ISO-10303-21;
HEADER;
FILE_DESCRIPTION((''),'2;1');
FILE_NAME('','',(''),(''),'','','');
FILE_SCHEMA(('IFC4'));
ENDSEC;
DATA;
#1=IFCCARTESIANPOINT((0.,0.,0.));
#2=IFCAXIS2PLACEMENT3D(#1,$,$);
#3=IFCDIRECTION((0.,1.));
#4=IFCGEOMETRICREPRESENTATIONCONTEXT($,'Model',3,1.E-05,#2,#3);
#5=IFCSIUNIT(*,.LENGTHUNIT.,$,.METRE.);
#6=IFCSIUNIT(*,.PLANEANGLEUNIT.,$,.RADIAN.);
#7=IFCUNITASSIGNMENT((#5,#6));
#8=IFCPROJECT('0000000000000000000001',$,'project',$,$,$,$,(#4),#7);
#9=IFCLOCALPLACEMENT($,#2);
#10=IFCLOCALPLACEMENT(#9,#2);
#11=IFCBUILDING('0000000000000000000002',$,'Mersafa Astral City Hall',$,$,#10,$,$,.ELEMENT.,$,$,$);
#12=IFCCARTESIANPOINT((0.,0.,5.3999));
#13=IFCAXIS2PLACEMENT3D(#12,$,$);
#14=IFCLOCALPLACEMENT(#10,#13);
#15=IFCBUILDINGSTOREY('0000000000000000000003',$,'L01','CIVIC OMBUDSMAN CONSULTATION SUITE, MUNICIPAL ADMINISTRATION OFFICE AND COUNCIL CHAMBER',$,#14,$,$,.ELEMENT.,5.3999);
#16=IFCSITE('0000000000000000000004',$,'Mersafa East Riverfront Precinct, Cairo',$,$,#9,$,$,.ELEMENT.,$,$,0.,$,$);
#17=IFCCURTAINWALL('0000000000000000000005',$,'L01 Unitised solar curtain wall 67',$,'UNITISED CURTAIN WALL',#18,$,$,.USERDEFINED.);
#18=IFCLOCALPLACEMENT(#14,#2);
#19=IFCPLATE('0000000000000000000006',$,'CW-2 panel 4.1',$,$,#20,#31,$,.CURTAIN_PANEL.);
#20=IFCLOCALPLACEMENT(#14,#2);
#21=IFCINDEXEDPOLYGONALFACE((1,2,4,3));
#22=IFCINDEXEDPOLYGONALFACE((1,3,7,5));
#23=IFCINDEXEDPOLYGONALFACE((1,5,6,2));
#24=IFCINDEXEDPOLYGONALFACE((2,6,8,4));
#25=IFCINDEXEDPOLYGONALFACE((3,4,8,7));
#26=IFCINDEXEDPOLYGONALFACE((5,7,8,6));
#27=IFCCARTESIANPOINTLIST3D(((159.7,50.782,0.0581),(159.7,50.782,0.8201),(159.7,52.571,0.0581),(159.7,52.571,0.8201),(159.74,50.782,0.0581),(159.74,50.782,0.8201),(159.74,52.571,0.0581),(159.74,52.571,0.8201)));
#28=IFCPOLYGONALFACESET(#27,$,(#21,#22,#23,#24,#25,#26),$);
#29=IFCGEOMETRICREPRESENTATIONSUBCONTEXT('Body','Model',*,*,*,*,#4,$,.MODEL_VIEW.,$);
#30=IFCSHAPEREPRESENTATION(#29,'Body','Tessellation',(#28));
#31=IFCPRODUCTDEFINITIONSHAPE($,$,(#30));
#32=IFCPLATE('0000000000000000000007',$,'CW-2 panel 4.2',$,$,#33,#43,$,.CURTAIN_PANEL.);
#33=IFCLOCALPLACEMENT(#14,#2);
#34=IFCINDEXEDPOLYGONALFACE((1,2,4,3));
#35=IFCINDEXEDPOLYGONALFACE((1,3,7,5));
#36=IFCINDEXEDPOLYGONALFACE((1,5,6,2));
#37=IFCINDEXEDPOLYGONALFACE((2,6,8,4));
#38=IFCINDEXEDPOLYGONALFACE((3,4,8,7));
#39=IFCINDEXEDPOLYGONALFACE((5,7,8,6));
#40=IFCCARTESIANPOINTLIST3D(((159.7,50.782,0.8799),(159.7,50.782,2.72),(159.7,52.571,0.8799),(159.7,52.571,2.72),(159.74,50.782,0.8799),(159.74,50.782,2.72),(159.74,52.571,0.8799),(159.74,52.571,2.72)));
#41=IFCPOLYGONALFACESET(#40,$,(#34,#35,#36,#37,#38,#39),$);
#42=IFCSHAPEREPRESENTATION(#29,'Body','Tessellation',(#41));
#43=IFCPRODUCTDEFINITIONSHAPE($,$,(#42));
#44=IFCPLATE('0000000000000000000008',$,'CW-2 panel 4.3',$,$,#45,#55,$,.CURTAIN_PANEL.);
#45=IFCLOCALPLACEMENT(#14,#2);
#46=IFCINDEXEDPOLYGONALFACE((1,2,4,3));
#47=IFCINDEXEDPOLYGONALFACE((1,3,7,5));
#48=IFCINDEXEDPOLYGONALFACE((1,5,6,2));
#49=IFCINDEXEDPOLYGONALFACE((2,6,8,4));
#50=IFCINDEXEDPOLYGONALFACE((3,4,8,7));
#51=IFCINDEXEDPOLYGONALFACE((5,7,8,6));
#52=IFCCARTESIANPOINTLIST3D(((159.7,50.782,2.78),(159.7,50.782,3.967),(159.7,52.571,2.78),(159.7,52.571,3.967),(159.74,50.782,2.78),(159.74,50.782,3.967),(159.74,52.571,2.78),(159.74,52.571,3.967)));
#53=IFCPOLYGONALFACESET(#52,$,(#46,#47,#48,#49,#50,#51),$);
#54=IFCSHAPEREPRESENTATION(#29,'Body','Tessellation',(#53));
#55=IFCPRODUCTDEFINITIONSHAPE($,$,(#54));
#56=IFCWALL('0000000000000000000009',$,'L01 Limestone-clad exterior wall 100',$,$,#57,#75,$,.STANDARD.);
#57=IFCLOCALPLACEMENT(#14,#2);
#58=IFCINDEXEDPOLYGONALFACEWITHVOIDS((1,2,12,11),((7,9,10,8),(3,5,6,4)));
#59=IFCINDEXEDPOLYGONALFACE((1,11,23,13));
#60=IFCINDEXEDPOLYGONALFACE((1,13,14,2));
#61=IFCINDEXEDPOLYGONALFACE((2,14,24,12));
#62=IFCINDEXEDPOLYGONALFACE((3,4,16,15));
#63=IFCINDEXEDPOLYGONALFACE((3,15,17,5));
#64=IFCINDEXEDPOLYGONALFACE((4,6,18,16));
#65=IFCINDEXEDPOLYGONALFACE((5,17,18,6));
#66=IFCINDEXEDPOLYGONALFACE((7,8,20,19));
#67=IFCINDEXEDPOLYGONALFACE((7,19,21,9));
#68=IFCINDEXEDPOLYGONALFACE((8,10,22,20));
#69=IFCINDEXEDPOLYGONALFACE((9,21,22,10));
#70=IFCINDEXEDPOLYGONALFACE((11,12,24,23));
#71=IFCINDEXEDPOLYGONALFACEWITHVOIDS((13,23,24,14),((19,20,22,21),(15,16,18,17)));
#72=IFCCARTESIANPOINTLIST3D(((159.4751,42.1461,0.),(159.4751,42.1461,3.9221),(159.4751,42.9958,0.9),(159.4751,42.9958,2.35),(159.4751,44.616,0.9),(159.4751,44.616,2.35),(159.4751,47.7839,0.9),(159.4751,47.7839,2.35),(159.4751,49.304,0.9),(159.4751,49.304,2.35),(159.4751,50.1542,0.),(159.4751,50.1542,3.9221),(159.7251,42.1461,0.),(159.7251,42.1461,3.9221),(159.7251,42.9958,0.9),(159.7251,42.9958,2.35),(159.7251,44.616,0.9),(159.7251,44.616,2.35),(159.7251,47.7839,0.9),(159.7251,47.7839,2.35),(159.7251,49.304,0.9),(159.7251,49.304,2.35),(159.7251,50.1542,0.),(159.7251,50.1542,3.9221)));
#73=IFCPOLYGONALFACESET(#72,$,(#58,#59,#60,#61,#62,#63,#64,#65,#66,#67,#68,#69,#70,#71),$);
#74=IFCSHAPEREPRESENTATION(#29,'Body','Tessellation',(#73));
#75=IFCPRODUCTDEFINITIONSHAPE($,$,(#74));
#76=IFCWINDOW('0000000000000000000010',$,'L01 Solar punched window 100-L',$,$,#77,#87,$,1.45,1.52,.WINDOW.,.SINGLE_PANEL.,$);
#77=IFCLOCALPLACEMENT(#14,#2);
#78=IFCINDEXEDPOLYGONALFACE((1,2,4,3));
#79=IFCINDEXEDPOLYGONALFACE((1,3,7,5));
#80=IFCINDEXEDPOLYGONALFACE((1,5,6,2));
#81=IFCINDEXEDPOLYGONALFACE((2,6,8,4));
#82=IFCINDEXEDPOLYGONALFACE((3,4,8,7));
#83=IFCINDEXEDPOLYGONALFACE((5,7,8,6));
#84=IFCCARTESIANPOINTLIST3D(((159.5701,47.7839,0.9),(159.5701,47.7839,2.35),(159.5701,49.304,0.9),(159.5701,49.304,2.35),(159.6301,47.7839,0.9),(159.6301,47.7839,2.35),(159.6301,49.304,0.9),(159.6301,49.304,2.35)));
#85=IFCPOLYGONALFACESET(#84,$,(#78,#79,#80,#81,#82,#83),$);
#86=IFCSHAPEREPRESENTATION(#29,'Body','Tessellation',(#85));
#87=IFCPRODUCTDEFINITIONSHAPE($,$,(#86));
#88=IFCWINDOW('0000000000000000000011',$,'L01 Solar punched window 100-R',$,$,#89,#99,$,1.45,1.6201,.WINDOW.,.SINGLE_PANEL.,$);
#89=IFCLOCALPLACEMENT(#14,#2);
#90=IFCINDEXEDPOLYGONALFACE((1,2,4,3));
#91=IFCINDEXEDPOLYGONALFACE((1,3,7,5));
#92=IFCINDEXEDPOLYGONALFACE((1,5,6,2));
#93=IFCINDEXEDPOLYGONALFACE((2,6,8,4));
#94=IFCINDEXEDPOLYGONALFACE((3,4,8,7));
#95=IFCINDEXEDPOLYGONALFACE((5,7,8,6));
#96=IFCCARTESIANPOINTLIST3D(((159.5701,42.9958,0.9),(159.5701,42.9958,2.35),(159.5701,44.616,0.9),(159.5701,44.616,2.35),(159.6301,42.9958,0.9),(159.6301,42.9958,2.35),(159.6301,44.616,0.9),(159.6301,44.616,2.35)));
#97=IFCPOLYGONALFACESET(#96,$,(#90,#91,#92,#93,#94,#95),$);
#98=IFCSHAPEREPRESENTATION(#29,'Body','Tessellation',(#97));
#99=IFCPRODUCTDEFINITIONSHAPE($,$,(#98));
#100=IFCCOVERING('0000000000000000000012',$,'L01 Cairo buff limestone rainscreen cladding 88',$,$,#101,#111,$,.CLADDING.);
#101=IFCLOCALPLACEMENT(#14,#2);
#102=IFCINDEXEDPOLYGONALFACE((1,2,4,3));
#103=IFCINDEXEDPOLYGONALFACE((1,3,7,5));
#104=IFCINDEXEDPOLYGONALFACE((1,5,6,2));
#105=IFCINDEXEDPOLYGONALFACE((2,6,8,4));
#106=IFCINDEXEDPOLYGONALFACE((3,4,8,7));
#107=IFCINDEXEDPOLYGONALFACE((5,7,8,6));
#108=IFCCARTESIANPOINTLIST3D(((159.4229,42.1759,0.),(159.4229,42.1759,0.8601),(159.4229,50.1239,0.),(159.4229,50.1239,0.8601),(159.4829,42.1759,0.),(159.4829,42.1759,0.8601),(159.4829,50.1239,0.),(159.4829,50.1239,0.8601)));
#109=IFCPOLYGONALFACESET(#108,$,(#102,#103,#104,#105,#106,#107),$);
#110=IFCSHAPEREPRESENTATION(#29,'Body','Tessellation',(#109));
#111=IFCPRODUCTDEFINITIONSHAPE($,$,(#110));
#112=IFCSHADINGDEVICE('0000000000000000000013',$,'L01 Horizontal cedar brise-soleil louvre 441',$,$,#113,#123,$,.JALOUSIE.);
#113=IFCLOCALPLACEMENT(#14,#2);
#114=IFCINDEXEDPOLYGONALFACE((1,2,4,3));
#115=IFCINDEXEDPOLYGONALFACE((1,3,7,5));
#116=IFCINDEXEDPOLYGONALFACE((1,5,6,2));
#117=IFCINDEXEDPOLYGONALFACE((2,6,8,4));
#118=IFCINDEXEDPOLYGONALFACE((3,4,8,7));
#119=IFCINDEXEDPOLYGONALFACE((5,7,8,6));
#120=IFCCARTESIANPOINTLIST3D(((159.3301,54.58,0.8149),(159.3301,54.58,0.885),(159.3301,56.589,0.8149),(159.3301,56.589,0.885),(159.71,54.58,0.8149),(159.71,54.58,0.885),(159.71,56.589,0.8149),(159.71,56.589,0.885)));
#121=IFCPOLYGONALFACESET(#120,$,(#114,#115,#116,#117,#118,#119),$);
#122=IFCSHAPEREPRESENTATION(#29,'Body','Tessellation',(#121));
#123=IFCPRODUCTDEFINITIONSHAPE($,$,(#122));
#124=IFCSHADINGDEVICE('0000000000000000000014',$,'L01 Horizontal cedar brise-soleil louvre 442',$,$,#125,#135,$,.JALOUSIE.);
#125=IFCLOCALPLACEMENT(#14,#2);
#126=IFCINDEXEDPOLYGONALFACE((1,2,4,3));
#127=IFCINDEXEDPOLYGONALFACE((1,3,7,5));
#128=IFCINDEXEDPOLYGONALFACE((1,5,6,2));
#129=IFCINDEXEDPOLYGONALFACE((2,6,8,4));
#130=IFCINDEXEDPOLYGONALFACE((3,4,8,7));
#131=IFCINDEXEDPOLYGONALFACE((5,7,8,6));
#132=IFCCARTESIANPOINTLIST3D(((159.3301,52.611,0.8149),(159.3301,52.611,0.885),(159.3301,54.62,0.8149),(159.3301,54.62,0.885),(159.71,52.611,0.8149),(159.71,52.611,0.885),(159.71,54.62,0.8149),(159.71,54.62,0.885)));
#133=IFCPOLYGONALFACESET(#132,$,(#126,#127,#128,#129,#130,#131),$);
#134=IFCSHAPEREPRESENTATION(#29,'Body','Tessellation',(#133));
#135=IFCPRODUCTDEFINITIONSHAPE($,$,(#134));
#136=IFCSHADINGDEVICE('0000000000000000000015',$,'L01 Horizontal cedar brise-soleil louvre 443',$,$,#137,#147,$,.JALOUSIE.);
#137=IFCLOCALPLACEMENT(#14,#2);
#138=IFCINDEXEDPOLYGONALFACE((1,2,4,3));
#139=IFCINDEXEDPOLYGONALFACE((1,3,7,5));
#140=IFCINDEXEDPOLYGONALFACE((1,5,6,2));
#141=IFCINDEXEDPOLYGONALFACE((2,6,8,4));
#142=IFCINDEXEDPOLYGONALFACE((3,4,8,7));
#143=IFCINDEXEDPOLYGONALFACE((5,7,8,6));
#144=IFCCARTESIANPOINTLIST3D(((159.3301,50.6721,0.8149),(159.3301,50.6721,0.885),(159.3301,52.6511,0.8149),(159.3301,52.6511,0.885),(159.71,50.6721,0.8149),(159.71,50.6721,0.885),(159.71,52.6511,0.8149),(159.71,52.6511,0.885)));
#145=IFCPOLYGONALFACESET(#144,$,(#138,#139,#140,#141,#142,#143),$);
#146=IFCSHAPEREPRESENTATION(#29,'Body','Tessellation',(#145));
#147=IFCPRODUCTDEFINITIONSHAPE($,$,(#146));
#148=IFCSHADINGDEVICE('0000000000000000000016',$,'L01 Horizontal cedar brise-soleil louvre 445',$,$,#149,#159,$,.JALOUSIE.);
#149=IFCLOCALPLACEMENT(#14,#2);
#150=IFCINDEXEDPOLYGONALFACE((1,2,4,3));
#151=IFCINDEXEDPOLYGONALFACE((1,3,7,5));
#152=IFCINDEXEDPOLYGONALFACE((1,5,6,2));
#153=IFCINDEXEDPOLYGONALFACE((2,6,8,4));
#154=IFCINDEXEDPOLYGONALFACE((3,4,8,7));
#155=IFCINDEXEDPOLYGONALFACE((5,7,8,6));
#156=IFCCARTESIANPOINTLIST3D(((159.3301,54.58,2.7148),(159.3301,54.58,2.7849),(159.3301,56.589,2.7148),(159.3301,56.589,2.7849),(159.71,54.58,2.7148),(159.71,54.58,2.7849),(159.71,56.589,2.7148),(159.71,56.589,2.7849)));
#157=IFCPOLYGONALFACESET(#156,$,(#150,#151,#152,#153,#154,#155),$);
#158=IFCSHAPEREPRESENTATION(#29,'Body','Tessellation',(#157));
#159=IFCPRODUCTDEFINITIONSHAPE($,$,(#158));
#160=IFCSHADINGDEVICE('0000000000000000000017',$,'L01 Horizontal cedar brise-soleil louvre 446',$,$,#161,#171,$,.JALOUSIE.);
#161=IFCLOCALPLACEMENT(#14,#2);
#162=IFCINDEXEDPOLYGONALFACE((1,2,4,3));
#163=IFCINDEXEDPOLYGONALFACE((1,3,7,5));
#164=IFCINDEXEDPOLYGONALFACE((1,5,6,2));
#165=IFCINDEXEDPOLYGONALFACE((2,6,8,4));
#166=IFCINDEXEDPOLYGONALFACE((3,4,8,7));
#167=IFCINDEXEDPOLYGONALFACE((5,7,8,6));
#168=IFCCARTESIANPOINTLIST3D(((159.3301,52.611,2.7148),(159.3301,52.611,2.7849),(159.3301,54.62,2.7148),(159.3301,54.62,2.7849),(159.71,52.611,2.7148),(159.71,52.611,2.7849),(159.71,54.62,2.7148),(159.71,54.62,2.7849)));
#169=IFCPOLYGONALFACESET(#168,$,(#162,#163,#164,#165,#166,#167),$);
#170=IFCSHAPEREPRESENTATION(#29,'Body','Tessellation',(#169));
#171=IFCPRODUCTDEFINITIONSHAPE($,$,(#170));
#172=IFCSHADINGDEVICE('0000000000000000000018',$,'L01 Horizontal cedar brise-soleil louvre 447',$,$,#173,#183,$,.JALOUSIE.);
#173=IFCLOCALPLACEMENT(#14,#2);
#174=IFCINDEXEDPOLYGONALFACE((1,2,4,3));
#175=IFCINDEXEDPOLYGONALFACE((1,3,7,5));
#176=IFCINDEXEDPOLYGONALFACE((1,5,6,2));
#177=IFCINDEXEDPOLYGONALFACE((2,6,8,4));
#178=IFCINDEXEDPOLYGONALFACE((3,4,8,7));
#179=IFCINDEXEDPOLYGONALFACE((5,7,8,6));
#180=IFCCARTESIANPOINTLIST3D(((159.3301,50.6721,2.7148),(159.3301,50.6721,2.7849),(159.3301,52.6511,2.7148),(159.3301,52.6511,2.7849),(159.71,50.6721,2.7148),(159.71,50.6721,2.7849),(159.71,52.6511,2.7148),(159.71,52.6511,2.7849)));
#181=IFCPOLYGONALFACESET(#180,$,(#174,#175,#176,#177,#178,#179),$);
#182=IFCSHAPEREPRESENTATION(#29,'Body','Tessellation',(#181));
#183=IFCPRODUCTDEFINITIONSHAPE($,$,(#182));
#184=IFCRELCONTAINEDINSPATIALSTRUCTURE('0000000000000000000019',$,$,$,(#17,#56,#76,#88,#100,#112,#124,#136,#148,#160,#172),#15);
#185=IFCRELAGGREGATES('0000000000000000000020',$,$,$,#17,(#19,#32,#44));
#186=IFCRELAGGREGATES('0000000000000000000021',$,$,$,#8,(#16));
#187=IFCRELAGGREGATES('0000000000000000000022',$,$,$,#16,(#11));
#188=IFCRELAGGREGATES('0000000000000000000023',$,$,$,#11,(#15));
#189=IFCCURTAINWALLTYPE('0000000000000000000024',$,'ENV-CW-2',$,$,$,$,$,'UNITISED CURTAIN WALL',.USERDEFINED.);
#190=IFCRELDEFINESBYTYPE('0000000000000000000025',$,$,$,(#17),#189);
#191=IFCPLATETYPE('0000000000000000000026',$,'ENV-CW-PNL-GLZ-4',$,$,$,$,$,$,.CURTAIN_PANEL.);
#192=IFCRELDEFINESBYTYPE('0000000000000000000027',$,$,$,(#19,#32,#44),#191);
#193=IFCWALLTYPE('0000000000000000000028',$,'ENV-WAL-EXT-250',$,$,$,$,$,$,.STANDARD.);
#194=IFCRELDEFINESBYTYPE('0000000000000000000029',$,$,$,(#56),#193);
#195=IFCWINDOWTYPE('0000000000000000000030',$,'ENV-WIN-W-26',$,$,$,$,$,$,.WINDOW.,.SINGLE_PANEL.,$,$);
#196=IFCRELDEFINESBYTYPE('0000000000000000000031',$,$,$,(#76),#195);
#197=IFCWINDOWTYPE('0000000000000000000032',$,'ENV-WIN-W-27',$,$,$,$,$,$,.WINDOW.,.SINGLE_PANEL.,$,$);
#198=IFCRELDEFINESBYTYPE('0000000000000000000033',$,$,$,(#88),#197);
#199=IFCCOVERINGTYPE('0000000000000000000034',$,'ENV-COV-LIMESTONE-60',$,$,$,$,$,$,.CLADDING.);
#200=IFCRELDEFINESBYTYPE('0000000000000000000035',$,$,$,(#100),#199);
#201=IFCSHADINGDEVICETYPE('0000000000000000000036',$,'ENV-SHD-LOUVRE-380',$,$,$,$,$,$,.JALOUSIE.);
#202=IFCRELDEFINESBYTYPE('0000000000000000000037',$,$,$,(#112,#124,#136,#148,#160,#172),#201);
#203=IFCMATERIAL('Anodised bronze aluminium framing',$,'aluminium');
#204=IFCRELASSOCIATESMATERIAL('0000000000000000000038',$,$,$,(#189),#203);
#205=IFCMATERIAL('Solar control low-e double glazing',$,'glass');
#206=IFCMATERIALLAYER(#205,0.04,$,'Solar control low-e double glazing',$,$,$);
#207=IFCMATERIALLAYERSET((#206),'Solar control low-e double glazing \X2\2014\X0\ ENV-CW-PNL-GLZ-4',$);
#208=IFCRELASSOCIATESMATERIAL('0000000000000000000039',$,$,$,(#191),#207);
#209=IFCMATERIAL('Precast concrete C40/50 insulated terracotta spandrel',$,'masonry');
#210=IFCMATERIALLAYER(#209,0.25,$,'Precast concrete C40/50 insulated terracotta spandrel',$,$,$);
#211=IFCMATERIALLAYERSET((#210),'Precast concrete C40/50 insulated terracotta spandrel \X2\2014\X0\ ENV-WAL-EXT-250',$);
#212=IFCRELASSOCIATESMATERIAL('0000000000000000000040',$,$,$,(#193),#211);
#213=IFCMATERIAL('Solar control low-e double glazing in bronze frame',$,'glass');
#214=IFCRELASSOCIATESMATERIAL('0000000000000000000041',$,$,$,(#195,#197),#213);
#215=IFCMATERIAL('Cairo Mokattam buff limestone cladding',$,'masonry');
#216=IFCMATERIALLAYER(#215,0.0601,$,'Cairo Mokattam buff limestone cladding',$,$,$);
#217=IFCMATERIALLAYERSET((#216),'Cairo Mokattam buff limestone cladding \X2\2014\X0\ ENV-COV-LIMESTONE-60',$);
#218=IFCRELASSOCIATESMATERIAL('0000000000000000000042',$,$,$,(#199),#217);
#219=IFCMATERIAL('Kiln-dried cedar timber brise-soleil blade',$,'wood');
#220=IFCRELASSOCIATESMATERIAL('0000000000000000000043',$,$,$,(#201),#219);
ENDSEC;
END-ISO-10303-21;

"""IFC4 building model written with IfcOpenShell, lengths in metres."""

from ifc_helpers import new_model, si_unit, direction, frame, frame_2d, origin, origin_2d, place, context, subcontext, project, spatial, rectangle, extrude, material, layer, layer_set, type_object, element, fill, aggregate, save


model = new_model("IFC4")

# Units and contexts
model_context = context("Model", 3, precision=1e-05, world=origin(), true_north=direction((0.0, 1.0)))
body_context = subcontext(model_context, "Body", "Model", "MODEL_VIEW")
ifc_project = project(units=[si_unit("LENGTHUNIT", "METRE"), si_unit("PLANEANGLEUNIT", "RADIAN")], contexts=[model_context])

# Site, building, storey
site_placement = place(None, origin())
site = spatial("IfcSite", under=ifc_project, at=site_placement, Name="Mersafa East Riverfront Precinct, Cairo", CompositionType="ELEMENT", RefElevation=0.0)
building_placement = place(site_placement, origin())
building = spatial("IfcBuilding", under=site, at=building_placement, Name="Mersafa Astral City Hall", CompositionType="ELEMENT")
storey_placement = place(building_placement, frame((0.0, 0.0, 5.3999)))
storey = spatial("IfcBuildingStorey", under=building, at=storey_placement, Name="L01", Description="CIVIC OMBUDSMAN CONSULTATION SUITE, MUNICIPAL ADMINISTRATION OFFICE AND COUNCIL CHAMBER", CompositionType="ELEMENT", Elevation=5.3999)

# Curtain wall
ifc_material_1 = material(Name="Anodised bronze aluminium framing", Category="aluminium")
curtain_wall_type = type_object("IfcCurtainWallType", Name="ENV-CW-2", ElementType="UNITISED CURTAIN WALL", PredefinedType="USERDEFINED", material=ifc_material_1)
curtain_wall_placement = place(storey_placement, origin())
curtain_wall = element("IfcCurtainWall", 1, at=curtain_wall_placement, inside=storey, type_object=curtain_wall_type, Name="L01 Unitised solar curtain wall 67", ObjectType="UNITISED CURTAIN WALL", PredefinedType="USERDEFINED")

# Plates
ifc_material_2 = material(Name="Solar control low-e double glazing", Category="glass")
ifc_layer_1 = layer(ifc_material_2, 0.04, Name="Solar control low-e double glazing")
ifc_layer_set_1 = layer_set([ifc_layer_1], Name="Solar control low-e double glazing — ENV-CW-PNL-GLZ-4")
plate_type = type_object("IfcPlateType", Name="ENV-CW-PNL-GLZ-4", PredefinedType="CURTAIN_PANEL", material=ifc_layer_set_1)
plate_1_placement = place(storey_placement, frame((159.72, 51.6765, 0.0581), z_axis=(0.0, 0.0, 1.0), x_axis=(0.0, -1.0, 0.0)))
plate_1 = element("IfcPlate", 2, at=plate_1_placement, type_object=plate_type, Name="CW-2 panel 4.1", PredefinedType="CURTAIN_PANEL", context=body_context, shape_type="SweptSolid", body=[
    extrude(rectangle(XDim=1.7891, YDim=0.04, at=origin_2d()), origin(), (0.0, 0.0, 1.0), 0.762),
])
plate_2_placement = place(storey_placement, frame((159.72, 51.6765, 0.8799), z_axis=(0.0, 0.0, 1.0), x_axis=(0.0, -1.0, 0.0)))
plate_2 = element("IfcPlate", 3, at=plate_2_placement, type_object=plate_type, Name="CW-2 panel 4.2", PredefinedType="CURTAIN_PANEL", context=body_context, shape_type="SweptSolid", body=[
    extrude(rectangle(XDim=1.7891, YDim=0.04, at=origin_2d()), origin(), (0.0, 0.0, 1.0), 1.8401),
])
plate_3_placement = place(storey_placement, frame((159.72, 51.6765, 2.78), z_axis=(0.0, 0.0, 1.0), x_axis=(0.0, -1.0, 0.0)))
plate_3 = element("IfcPlate", 4, at=plate_3_placement, type_object=plate_type, Name="CW-2 panel 4.3", PredefinedType="CURTAIN_PANEL", context=body_context, shape_type="SweptSolid", body=[
    extrude(rectangle(XDim=1.7891, YDim=0.04, at=origin_2d()), origin(), (0.0, 0.0, 1.0), 1.187),
])
aggregate(curtain_wall, [plate_1, plate_2, plate_3])

# Wall, openings, windows
ifc_material_3 = material(Name="Precast concrete C40/50 insulated terracotta spandrel", Category="masonry")
ifc_layer_2 = layer(ifc_material_3, 0.25, Name="Precast concrete C40/50 insulated terracotta spandrel")
ifc_layer_set_2 = layer_set([ifc_layer_2], Name="Precast concrete C40/50 insulated terracotta spandrel — ENV-WAL-EXT-250")
wall_type = type_object("IfcWallType", Name="ENV-WAL-EXT-250", PredefinedType="STANDARD", material=ifc_layer_set_2)
wall_placement = place(storey_placement, frame((159.6001, 50.1541, 0.0), z_axis=(0.0, 0.0, 1.0), x_axis=(0.0, -1.0, 0.0)))
wall = element("IfcWall", 5, at=wall_placement, inside=storey, type_object=wall_type, Name="L01 Limestone-clad exterior wall 100", PredefinedType="STANDARD", context=body_context, shape_type="SweptSolid", body=[
    extrude(rectangle(XDim=8.0081, YDim=0.25, at=frame_2d((4.0039, 0.0))), origin(), (0.0, 0.0, 1.0), 3.9221),
])
opening_1_placement = place(wall_placement, frame((0.8501, 0.0, 0.8999)))
opening_1 = element("IfcOpeningElement", 6, at=opening_1_placement, cuts=wall, PredefinedType="OPENING", context=body_context, shape_type="SweptSolid", body=[
    extrude(rectangle(XDim=1.52, YDim=1.45, at=frame_2d((0.76, 0.7251))), frame((0.0, 0.135, 0.0), z_axis=(0.0, -1.0, 0.0), x_axis=(1.0, 0.0, 0.0)), (0.0, 0.0, 1.0), 0.27),
])
opening_2_placement = place(wall_placement, frame((5.5381, 0.0, 0.8999)))
opening_2 = element("IfcOpeningElement", 7, at=opening_2_placement, cuts=wall, PredefinedType="OPENING", context=body_context, shape_type="SweptSolid", body=[
    extrude(rectangle(XDim=1.6201, YDim=1.45, at=frame_2d((0.8101, 0.7251))), frame((0.0, 0.135, 0.0), z_axis=(0.0, -1.0, 0.0), x_axis=(1.0, 0.0, 0.0)), (0.0, 0.0, 1.0), 0.27),
])
ifc_material_4 = material(Name="Solar control low-e double glazing in bronze frame", Category="glass")
window_type_1 = type_object("IfcWindowType", Name="ENV-WIN-W-26", PartitioningType="SINGLE_PANEL", PredefinedType="WINDOW", material=ifc_material_4)
window_1_placement = place(opening_1_placement, origin())
window_1 = element("IfcWindow", 8, at=window_1_placement, inside=storey, type_object=window_type_1, Name="L01 Solar punched window 100-L", OverallHeight=1.45, OverallWidth=1.52, PartitioningType="SINGLE_PANEL", PredefinedType="WINDOW", context=body_context, shape_type="SweptSolid", body=[
    extrude(rectangle(XDim=1.52, YDim=1.45, at=frame_2d((0.76, 0.7251))), frame((0.0, 0.03, 0.0), z_axis=(0.0, -1.0, 0.0), x_axis=(1.0, 0.0, 0.0)), (0.0, 0.0, 1.0), 0.0601),
])
fill(opening_1, window_1)
window_type_2 = type_object("IfcWindowType", Name="ENV-WIN-W-27", PartitioningType="SINGLE_PANEL", PredefinedType="WINDOW", material=ifc_material_4)
window_2_placement = place(opening_2_placement, origin())
window_2 = element("IfcWindow", 9, at=window_2_placement, inside=storey, type_object=window_type_2, Name="L01 Solar punched window 100-R", OverallHeight=1.45, OverallWidth=1.6201, PartitioningType="SINGLE_PANEL", PredefinedType="WINDOW", context=body_context, shape_type="SweptSolid", body=[
    extrude(rectangle(XDim=1.6201, YDim=1.45, at=frame_2d((0.8101, 0.7251))), frame((0.0, 0.03, 0.0), z_axis=(0.0, -1.0, 0.0), x_axis=(1.0, 0.0, 0.0)), (0.0, 0.0, 1.0), 0.0601),
])
fill(opening_2, window_2)

# Covering
ifc_material_5 = material(Name="Cairo Mokattam buff limestone cladding", Category="masonry")
ifc_layer_3 = layer(ifc_material_5, 0.0601, Name="Cairo Mokattam buff limestone cladding")
ifc_layer_set_3 = layer_set([ifc_layer_3], Name="Cairo Mokattam buff limestone cladding — ENV-COV-LIMESTONE-60")
covering_type = type_object("IfcCoveringType", Name="ENV-COV-LIMESTONE-60", PredefinedType="CLADDING", material=ifc_layer_set_3)
covering_placement = place(storey_placement, frame((159.4529, 46.1499, 0.0), z_axis=(0.0, 0.0, 1.0), x_axis=(0.0, -1.0, 0.0)))
element("IfcCovering", 10, at=covering_placement, inside=storey, type_object=covering_type, Name="L01 Cairo buff limestone rainscreen cladding 88", PredefinedType="CLADDING", context=body_context, shape_type="SweptSolid", body=[
    extrude(rectangle(XDim=7.948, YDim=0.0601, at=origin_2d()), origin(), (0.0, 0.0, 1.0), 0.8601),
])

# Shading devices
ifc_material_6 = material(Name="Kiln-dried cedar timber brise-soleil blade", Category="wood")
shading_device_type = type_object("IfcShadingDeviceType", Name="ENV-SHD-LOUVRE-380", PredefinedType="JALOUSIE", material=ifc_material_6)
for number, where, z_axis, x_axis, name in (
    (11, (159.52, 55.5845, 0.8149), (0.0, 0.0, 1.0), (0.0, -1.0, 0.0), "L01 Horizontal cedar brise-soleil louvre 441"),
    (12, (159.52, 53.6155, 0.8149), (0.0, 0.0, 1.0), (0.0, -1.0, 0.0), "L01 Horizontal cedar brise-soleil louvre 442"),
):
    element("IfcShadingDevice", number, at=place(storey_placement, frame(where, z_axis=z_axis, x_axis=x_axis)), inside=storey, type_object=shading_device_type, Name=name, PredefinedType="JALOUSIE", context=body_context, shape_type="SweptSolid", body=[
        extrude(rectangle(XDim=2.009, YDim=0.3799, at=origin_2d()), origin(), (0.0, 0.0, 1.0), 0.0701),
    ])
shading_device_1_placement = place(storey_placement, frame((159.52, 51.6616, 0.8149), z_axis=(0.0, 0.0, 1.0), x_axis=(0.0, -1.0, 0.0)))
element("IfcShadingDevice", 13, at=shading_device_1_placement, inside=storey, type_object=shading_device_type, Name="L01 Horizontal cedar brise-soleil louvre 443", PredefinedType="JALOUSIE", context=body_context, shape_type="SweptSolid", body=[
    extrude(rectangle(XDim=1.979, YDim=0.3799, at=origin_2d()), origin(), (0.0, 0.0, 1.0), 0.0701),
])
for number, where, z_axis, x_axis, name in (
    (14, (159.52, 55.5845, 2.7148), (0.0, 0.0, 1.0), (0.0, -1.0, 0.0), "L01 Horizontal cedar brise-soleil louvre 445"),
    (15, (159.52, 53.6155, 2.7148), (0.0, 0.0, 1.0), (0.0, -1.0, 0.0), "L01 Horizontal cedar brise-soleil louvre 446"),
):
    element("IfcShadingDevice", number, at=place(storey_placement, frame(where, z_axis=z_axis, x_axis=x_axis)), inside=storey, type_object=shading_device_type, Name=name, PredefinedType="JALOUSIE", context=body_context, shape_type="SweptSolid", body=[
        extrude(rectangle(XDim=2.009, YDim=0.3799, at=origin_2d()), origin(), (0.0, 0.0, 1.0), 0.0701),
    ])
shading_device_2_placement = place(storey_placement, frame((159.52, 51.6616, 2.7148), z_axis=(0.0, 0.0, 1.0), x_axis=(0.0, -1.0, 0.0)))
element("IfcShadingDevice", 16, at=shading_device_2_placement, inside=storey, type_object=shading_device_type, Name="L01 Horizontal cedar brise-soleil louvre 447", PredefinedType="JALOUSIE", context=body_context, shape_type="SweptSolid", body=[
    extrude(rectangle(XDim=1.979, YDim=0.3799, at=origin_2d()), origin(), (0.0, 0.0, 1.0), 0.0701),
])

save(model, "model.ifc")
